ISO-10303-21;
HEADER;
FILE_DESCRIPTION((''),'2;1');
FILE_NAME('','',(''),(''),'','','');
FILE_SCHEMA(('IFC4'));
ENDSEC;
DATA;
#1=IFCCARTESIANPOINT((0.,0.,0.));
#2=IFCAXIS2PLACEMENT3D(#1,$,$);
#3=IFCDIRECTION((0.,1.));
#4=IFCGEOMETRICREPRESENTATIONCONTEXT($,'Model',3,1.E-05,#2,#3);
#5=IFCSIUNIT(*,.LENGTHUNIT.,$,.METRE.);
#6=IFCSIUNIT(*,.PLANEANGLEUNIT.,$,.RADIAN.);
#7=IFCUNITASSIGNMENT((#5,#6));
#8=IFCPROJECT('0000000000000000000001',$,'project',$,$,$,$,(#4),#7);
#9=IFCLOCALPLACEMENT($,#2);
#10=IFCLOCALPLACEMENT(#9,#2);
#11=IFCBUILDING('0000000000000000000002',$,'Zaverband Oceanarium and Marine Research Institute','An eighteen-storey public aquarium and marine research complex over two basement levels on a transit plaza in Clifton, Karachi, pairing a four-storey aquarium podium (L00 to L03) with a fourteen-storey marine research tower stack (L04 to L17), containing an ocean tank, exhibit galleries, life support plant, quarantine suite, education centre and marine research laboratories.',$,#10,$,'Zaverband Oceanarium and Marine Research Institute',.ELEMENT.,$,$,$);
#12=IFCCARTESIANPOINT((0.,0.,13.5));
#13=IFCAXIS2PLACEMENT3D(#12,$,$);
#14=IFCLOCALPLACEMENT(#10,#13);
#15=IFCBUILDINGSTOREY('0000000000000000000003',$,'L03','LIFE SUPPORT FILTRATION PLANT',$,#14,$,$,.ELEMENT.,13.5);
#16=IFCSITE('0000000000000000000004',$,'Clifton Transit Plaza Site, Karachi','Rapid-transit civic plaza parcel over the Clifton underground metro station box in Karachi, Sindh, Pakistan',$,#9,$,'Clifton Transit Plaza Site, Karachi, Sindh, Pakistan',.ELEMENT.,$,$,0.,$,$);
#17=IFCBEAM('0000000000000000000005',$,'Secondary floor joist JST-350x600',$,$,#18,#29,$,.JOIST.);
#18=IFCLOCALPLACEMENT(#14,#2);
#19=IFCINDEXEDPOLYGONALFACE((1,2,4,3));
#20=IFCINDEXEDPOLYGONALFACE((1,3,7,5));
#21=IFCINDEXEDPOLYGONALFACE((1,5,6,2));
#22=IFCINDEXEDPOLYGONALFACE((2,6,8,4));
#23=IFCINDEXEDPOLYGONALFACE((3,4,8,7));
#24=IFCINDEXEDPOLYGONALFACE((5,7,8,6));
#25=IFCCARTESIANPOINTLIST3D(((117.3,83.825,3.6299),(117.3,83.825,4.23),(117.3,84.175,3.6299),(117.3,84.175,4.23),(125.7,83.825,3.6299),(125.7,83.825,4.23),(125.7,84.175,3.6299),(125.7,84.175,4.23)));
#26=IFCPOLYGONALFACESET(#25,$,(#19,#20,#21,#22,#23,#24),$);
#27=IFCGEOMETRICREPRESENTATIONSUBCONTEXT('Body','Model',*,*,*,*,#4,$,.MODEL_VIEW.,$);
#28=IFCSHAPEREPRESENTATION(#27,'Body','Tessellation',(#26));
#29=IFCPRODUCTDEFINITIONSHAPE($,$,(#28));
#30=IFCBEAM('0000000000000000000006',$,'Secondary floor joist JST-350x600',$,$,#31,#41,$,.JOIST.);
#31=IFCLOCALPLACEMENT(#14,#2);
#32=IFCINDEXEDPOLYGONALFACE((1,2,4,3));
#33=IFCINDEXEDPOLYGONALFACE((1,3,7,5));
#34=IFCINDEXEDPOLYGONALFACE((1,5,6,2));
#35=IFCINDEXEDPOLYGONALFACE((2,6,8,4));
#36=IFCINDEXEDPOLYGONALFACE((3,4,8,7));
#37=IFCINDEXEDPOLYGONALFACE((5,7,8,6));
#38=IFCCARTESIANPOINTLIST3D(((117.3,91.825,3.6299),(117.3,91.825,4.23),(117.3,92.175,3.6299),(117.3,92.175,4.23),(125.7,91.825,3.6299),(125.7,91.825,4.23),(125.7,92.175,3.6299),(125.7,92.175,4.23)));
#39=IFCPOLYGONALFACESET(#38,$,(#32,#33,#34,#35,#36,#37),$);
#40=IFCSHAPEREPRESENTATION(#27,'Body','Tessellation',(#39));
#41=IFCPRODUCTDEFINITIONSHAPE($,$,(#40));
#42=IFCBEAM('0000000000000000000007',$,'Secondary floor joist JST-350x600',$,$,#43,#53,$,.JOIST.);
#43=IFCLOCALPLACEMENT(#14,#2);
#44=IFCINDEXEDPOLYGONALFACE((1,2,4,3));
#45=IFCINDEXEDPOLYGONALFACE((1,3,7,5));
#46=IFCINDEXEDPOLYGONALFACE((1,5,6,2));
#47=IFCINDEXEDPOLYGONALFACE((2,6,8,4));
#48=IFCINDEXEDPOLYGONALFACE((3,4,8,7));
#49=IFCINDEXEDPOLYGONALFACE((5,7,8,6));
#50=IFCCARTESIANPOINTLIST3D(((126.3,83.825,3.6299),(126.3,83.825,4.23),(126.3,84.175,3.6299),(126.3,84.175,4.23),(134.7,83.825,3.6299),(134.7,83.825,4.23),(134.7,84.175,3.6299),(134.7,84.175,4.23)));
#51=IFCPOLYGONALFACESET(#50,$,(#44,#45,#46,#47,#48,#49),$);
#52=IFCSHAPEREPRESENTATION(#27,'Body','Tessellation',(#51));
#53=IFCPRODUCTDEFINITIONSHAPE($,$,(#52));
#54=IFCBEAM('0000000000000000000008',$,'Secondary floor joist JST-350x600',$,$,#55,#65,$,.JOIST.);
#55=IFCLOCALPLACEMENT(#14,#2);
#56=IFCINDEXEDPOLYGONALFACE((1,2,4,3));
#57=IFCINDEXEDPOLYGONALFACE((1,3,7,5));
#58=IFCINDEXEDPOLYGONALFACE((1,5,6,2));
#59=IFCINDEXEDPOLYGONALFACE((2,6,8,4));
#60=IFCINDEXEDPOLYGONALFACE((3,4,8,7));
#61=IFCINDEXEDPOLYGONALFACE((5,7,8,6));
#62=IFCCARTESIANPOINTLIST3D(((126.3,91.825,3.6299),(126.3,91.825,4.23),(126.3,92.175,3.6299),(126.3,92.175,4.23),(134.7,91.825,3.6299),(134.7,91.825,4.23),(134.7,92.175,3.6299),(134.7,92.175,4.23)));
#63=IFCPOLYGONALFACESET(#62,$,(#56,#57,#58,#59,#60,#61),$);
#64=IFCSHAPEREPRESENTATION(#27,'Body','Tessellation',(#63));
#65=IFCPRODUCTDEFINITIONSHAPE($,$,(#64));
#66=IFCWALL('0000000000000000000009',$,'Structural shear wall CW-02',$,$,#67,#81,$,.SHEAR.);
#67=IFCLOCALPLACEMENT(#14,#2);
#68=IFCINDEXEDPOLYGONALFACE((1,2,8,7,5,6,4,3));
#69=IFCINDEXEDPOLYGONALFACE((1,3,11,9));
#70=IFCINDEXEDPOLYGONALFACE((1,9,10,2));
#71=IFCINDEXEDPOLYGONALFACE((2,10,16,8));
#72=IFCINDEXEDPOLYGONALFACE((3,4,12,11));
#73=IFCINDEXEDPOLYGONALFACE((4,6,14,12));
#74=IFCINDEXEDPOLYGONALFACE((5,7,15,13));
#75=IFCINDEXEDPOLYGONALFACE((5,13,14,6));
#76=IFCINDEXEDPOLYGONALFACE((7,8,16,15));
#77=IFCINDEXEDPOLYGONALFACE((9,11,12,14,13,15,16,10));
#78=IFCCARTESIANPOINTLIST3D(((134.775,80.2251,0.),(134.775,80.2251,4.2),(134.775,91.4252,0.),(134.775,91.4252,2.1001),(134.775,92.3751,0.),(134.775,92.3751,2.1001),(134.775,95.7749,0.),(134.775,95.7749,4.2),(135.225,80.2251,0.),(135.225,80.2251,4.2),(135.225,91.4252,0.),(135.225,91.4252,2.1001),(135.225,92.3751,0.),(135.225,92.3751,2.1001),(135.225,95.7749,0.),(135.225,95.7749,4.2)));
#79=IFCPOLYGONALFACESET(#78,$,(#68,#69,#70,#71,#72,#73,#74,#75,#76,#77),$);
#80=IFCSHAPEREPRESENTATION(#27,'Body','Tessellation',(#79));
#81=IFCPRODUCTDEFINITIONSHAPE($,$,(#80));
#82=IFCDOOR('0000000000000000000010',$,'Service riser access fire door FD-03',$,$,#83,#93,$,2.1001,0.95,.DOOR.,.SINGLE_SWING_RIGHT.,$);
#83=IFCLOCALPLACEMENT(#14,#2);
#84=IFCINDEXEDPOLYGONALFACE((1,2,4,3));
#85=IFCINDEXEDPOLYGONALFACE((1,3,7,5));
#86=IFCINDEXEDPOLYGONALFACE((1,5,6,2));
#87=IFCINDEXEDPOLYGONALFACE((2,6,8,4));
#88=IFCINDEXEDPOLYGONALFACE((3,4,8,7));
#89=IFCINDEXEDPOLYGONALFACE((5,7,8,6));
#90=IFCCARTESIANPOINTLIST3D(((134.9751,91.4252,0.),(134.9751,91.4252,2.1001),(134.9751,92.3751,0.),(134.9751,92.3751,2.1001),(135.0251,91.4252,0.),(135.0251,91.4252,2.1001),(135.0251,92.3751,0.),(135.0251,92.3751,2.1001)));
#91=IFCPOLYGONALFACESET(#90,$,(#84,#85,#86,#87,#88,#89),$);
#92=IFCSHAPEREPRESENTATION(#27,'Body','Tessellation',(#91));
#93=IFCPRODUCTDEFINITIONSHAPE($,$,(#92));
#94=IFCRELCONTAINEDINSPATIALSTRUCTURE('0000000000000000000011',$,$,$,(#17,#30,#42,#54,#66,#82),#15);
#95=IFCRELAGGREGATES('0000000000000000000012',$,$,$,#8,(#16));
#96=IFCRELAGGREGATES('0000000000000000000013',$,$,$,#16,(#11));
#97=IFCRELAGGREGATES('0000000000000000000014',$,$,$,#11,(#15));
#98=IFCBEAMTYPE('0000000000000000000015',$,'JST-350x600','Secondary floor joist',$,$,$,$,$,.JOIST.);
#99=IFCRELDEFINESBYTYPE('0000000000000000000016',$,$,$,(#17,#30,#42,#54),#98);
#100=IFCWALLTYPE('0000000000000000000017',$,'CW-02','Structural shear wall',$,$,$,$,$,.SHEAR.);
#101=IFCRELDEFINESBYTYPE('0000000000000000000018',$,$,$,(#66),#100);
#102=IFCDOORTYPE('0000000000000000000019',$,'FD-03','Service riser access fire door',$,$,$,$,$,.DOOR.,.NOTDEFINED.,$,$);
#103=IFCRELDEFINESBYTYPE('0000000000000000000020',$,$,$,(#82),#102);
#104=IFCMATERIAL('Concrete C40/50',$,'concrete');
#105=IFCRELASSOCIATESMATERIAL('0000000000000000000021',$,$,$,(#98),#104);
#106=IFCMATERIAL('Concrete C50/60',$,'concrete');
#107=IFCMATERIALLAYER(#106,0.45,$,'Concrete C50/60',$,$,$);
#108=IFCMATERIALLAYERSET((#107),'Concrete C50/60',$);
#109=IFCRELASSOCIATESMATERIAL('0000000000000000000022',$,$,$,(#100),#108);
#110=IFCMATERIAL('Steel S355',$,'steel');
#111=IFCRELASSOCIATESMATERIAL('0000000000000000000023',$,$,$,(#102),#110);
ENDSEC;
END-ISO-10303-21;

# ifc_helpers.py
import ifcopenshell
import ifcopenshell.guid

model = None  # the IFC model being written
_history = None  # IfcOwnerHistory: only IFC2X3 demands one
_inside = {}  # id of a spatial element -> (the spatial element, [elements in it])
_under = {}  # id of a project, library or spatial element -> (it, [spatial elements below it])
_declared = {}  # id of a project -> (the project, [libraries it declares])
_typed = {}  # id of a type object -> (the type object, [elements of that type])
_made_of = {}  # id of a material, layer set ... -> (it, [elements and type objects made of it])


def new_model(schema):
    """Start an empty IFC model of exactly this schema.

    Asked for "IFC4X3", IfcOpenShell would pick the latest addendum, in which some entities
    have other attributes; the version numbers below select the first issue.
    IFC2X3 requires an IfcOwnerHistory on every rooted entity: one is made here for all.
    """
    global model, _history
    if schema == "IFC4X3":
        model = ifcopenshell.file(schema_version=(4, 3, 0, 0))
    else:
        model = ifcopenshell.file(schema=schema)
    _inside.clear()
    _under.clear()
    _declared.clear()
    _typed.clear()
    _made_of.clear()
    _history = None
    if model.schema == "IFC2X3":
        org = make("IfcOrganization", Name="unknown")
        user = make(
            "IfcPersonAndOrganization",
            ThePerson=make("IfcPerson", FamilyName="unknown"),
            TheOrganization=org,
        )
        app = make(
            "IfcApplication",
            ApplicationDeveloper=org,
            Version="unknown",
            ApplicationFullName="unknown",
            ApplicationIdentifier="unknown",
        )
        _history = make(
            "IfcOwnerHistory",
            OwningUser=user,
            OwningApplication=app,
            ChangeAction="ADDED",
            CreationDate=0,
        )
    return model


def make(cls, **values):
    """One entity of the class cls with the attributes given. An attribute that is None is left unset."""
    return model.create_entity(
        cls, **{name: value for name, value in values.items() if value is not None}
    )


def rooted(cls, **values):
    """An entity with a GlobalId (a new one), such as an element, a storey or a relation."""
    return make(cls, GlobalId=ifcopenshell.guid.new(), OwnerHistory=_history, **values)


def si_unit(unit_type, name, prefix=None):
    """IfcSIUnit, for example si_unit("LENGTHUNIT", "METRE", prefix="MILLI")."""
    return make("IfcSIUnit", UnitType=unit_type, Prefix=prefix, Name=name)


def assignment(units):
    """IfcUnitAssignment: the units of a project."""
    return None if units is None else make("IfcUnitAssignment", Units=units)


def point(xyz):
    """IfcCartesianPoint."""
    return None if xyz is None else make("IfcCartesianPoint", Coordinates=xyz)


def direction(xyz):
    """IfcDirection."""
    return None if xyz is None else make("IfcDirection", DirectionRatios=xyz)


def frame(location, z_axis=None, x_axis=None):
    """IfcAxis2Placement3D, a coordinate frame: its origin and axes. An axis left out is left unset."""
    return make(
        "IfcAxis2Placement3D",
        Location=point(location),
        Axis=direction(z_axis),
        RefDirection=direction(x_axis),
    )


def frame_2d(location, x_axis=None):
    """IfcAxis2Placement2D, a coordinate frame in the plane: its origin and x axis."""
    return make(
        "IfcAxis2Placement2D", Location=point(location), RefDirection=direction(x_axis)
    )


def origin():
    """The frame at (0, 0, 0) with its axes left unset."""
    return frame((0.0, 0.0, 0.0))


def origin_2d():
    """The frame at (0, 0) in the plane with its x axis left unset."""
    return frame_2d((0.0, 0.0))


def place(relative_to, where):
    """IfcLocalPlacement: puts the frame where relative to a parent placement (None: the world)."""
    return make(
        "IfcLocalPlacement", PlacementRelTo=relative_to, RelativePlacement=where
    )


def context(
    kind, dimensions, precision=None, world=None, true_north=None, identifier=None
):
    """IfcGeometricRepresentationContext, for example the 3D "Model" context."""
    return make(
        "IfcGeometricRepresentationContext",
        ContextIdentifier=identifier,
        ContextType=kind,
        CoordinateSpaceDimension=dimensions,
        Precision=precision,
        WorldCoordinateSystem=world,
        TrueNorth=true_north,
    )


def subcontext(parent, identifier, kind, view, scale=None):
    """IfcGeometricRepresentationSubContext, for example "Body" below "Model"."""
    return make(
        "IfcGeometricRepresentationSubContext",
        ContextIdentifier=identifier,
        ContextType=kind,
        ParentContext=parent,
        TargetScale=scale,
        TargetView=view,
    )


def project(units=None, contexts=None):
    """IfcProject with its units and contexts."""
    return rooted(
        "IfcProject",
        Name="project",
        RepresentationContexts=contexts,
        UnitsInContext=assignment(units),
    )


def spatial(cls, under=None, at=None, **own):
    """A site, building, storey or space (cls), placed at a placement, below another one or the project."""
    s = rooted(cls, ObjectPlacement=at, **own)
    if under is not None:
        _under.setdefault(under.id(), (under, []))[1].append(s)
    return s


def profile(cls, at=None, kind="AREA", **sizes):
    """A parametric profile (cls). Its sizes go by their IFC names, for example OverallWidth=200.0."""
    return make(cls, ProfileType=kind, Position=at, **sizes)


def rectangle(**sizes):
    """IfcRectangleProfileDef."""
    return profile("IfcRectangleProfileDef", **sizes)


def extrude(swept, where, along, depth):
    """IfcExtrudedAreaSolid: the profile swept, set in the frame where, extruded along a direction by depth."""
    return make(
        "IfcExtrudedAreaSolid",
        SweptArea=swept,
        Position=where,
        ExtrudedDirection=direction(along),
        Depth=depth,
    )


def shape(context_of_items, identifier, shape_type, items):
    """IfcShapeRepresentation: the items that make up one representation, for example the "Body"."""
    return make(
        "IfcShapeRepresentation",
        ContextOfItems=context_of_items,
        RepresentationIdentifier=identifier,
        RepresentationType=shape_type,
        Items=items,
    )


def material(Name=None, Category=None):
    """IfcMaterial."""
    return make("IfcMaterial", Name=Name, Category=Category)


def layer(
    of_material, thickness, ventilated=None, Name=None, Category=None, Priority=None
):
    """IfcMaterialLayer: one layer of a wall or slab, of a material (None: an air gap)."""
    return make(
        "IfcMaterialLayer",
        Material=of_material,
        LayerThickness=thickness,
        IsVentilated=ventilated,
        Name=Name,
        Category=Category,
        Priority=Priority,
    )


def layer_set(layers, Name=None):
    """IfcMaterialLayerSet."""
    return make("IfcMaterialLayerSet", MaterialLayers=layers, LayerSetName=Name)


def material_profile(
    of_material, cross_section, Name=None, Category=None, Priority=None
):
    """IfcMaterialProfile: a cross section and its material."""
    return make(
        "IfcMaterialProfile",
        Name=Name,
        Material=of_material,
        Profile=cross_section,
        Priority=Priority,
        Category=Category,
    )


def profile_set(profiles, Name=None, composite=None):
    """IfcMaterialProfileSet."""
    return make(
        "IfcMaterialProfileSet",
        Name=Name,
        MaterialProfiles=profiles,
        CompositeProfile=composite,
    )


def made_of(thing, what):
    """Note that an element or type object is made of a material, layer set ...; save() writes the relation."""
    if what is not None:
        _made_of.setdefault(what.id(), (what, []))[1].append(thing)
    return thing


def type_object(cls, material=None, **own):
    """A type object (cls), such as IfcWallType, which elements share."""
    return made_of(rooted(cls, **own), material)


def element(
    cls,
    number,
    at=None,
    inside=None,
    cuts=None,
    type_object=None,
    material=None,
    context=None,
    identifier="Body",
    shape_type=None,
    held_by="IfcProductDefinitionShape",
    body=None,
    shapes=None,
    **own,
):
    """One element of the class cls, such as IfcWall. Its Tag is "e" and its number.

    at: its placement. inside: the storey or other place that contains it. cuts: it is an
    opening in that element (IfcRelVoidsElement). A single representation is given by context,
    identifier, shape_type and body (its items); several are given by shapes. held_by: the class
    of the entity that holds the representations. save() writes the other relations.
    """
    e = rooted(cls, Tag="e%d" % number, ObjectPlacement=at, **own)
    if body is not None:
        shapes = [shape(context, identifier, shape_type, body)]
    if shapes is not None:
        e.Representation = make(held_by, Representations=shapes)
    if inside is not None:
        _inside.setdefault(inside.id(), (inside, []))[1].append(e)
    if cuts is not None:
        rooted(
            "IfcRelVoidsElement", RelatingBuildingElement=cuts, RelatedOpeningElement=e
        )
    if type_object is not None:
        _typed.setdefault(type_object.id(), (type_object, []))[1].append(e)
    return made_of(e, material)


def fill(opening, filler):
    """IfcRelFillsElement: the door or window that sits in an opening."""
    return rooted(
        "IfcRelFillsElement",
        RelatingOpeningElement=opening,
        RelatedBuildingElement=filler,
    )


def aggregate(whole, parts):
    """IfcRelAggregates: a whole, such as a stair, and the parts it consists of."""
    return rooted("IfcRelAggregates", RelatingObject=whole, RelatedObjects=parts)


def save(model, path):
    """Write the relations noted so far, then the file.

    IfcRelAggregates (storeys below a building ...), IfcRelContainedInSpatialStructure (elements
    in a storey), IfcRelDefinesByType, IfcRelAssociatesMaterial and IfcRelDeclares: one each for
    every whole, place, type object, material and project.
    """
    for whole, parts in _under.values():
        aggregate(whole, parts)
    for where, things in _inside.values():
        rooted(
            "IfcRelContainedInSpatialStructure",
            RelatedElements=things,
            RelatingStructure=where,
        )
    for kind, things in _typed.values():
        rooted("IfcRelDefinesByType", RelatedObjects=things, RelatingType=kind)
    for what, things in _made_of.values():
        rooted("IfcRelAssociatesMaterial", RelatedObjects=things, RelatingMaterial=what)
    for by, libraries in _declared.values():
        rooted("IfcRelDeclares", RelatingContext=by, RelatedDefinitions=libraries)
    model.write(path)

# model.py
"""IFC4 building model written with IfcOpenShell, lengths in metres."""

from ifc_helpers import new_model, si_unit, direction, frame, frame_2d, origin, origin_2d, place, context, subcontext, project, spatial, rectangle, extrude, material, layer, layer_set, material_profile, profile_set, type_object, element, fill, save


model = new_model("IFC4")

# Units and contexts
model_context = context("Model", 3, precision=1e-05, world=origin(), true_north=direction((0.0, 1.0)))
body_context = subcontext(model_context, "Body", "Model", "MODEL_VIEW")
ifc_project = project(units=[si_unit("LENGTHUNIT", "METRE"), si_unit("PLANEANGLEUNIT", "RADIAN")], contexts=[model_context])

# Site, building, storey
site_placement = place(None, origin())
site = spatial("IfcSite", under=ifc_project, at=site_placement, Name="Clifton Transit Plaza Site, Karachi", Description="Rapid-transit civic plaza parcel over the Clifton underground metro station box in Karachi, Sindh, Pakistan", LongName="Clifton Transit Plaza Site, Karachi, Sindh, Pakistan", CompositionType="ELEMENT", RefElevation=0.0)
building_placement = place(site_placement, origin())
building = spatial("IfcBuilding", under=site, at=building_placement, Name="Zaverband Oceanarium and Marine Research Institute", Description="An eighteen-storey public aquarium and marine research complex over two basement levels on a transit plaza in Clifton, Karachi, pairing a four-storey aquarium podium (L00 to L03) with a fourteen-storey marine research tower stack (L04 to L17), containing an ocean tank, exhibit galleries, life support plant, quarantine suite, education centre and marine research laboratories.", LongName="Zaverband Oceanarium and Marine Research Institute", CompositionType="ELEMENT")
storey_placement = place(building_placement, frame((0.0, 0.0, 13.5)))
storey = spatial("IfcBuildingStorey", under=building, at=storey_placement, Name="L03", Description="LIFE SUPPORT FILTRATION PLANT", CompositionType="ELEMENT", Elevation=13.5)

# Shared definitions
ifc_material_1 = material(Name="Concrete C50/60", Category="concrete")

# Beams
ifc_material_2 = material(Name="Concrete C40/50", Category="concrete")
ifc_material_profile_1 = material_profile(ifc_material_2, rectangle(XDim=0.3501, YDim=0.6001, at=origin_2d()), Name="RC350x600")
ifc_profile_set_1 = profile_set([ifc_material_profile_1], Name="Concrete C40/50")
beam_type_1 = type_object("IfcBeamType", Name="JST-350x600", Description="Secondary floor joist", PredefinedType="JOIST", material=ifc_profile_set_1)
for number, where, z_axis, x_axis, name in (
    (1, (117.3, 84.0, 3.9299), (1.0, 0.0, 0.0), (0.0, 1.0, 0.0), "Secondary floor joist JST-350x600"),
    (2, (117.3, 92.0, 3.9299), (1.0, 0.0, 0.0), (0.0, 1.0, 0.0), "Secondary floor joist JST-350x600"),
    (3, (126.3, 84.0, 3.9299), (1.0, 0.0, 0.0), (0.0, 1.0, 0.0), "Secondary floor joist JST-350x600"),
    (4, (126.3, 92.0, 3.9299), (1.0, 0.0, 0.0), (0.0, 1.0, 0.0), "Secondary floor joist JST-350x600"),
):
    element("IfcBeam", number, at=place(storey_placement, frame(where, z_axis=z_axis, x_axis=x_axis)), inside=storey, type_object=beam_type_1, Name=name, PredefinedType="JOIST", context=body_context, shape_type="SweptSolid", body=[
        extrude(rectangle(XDim=0.3501, YDim=0.6001, at=origin_2d()), origin(), (0.0, 0.0, 1.0), 8.3999),
    ])

# Wall, opening, door
ifc_layer = layer(ifc_material_1, 0.45, Name="Concrete C50/60")
ifc_layer_set = layer_set([ifc_layer], Name="Concrete C50/60")
wall_type = type_object("IfcWallType", Name="CW-02", Description="Structural shear wall", PredefinedType="SHEAR", material=ifc_layer_set)
wall_placement = place(storey_placement, frame((135.0, 80.2251, 0.0), z_axis=(0.0, 0.0, 1.0), x_axis=(0.0, 1.0, 0.0)))
wall = element("IfcWall", 5, at=wall_placement, inside=storey, type_object=wall_type, Name="Structural shear wall CW-02", PredefinedType="SHEAR", context=body_context, shape_type="SweptSolid", body=[
    extrude(rectangle(XDim=15.5498, YDim=0.45, at=frame_2d((7.7749, 0.0))), origin(), (0.0, 0.0, 1.0), 4.2),
])
opening_placement = place(wall_placement, frame((11.2, 0.0, 0.0)))
opening = element("IfcOpeningElement", 6, at=opening_placement, cuts=wall, PredefinedType="OPENING", context=body_context, shape_type="SweptSolid", body=[
    extrude(rectangle(XDim=0.95, YDim=2.1001, at=frame_2d((0.4751, 1.05))), frame((0.0, 0.2368, 0.0), z_axis=(0.0, -1.0, 0.0), x_axis=(1.0, 0.0, 0.0)), (0.0, 0.0, 1.0), 0.4739),
])
ifc_material_3 = material(Name="Steel S355", Category="steel")
door_type = type_object("IfcDoorType", Name="FD-03", Description="Service riser access fire door", OperationType="NOTDEFINED", PredefinedType="DOOR", material=ifc_material_3)
door_placement = place(opening_placement, origin())
door = element("IfcDoor", 7, at=door_placement, inside=storey, type_object=door_type, Name="Service riser access fire door FD-03", OperationType="SINGLE_SWING_RIGHT", OverallHeight=2.1001, OverallWidth=0.95, PredefinedType="DOOR", context=body_context, shape_type="SweptSolid", body=[
    extrude(rectangle(XDim=0.95, YDim=2.1001, at=frame_2d((0.4751, 1.05))), frame((0.0, 0.0249, 0.0), z_axis=(0.0, -1.0, 0.0), x_axis=(1.0, 0.0, 0.0)), (0.0, 0.0, 1.0), 0.05),
])
fill(opening, door)

save(model, "model.ifc")
